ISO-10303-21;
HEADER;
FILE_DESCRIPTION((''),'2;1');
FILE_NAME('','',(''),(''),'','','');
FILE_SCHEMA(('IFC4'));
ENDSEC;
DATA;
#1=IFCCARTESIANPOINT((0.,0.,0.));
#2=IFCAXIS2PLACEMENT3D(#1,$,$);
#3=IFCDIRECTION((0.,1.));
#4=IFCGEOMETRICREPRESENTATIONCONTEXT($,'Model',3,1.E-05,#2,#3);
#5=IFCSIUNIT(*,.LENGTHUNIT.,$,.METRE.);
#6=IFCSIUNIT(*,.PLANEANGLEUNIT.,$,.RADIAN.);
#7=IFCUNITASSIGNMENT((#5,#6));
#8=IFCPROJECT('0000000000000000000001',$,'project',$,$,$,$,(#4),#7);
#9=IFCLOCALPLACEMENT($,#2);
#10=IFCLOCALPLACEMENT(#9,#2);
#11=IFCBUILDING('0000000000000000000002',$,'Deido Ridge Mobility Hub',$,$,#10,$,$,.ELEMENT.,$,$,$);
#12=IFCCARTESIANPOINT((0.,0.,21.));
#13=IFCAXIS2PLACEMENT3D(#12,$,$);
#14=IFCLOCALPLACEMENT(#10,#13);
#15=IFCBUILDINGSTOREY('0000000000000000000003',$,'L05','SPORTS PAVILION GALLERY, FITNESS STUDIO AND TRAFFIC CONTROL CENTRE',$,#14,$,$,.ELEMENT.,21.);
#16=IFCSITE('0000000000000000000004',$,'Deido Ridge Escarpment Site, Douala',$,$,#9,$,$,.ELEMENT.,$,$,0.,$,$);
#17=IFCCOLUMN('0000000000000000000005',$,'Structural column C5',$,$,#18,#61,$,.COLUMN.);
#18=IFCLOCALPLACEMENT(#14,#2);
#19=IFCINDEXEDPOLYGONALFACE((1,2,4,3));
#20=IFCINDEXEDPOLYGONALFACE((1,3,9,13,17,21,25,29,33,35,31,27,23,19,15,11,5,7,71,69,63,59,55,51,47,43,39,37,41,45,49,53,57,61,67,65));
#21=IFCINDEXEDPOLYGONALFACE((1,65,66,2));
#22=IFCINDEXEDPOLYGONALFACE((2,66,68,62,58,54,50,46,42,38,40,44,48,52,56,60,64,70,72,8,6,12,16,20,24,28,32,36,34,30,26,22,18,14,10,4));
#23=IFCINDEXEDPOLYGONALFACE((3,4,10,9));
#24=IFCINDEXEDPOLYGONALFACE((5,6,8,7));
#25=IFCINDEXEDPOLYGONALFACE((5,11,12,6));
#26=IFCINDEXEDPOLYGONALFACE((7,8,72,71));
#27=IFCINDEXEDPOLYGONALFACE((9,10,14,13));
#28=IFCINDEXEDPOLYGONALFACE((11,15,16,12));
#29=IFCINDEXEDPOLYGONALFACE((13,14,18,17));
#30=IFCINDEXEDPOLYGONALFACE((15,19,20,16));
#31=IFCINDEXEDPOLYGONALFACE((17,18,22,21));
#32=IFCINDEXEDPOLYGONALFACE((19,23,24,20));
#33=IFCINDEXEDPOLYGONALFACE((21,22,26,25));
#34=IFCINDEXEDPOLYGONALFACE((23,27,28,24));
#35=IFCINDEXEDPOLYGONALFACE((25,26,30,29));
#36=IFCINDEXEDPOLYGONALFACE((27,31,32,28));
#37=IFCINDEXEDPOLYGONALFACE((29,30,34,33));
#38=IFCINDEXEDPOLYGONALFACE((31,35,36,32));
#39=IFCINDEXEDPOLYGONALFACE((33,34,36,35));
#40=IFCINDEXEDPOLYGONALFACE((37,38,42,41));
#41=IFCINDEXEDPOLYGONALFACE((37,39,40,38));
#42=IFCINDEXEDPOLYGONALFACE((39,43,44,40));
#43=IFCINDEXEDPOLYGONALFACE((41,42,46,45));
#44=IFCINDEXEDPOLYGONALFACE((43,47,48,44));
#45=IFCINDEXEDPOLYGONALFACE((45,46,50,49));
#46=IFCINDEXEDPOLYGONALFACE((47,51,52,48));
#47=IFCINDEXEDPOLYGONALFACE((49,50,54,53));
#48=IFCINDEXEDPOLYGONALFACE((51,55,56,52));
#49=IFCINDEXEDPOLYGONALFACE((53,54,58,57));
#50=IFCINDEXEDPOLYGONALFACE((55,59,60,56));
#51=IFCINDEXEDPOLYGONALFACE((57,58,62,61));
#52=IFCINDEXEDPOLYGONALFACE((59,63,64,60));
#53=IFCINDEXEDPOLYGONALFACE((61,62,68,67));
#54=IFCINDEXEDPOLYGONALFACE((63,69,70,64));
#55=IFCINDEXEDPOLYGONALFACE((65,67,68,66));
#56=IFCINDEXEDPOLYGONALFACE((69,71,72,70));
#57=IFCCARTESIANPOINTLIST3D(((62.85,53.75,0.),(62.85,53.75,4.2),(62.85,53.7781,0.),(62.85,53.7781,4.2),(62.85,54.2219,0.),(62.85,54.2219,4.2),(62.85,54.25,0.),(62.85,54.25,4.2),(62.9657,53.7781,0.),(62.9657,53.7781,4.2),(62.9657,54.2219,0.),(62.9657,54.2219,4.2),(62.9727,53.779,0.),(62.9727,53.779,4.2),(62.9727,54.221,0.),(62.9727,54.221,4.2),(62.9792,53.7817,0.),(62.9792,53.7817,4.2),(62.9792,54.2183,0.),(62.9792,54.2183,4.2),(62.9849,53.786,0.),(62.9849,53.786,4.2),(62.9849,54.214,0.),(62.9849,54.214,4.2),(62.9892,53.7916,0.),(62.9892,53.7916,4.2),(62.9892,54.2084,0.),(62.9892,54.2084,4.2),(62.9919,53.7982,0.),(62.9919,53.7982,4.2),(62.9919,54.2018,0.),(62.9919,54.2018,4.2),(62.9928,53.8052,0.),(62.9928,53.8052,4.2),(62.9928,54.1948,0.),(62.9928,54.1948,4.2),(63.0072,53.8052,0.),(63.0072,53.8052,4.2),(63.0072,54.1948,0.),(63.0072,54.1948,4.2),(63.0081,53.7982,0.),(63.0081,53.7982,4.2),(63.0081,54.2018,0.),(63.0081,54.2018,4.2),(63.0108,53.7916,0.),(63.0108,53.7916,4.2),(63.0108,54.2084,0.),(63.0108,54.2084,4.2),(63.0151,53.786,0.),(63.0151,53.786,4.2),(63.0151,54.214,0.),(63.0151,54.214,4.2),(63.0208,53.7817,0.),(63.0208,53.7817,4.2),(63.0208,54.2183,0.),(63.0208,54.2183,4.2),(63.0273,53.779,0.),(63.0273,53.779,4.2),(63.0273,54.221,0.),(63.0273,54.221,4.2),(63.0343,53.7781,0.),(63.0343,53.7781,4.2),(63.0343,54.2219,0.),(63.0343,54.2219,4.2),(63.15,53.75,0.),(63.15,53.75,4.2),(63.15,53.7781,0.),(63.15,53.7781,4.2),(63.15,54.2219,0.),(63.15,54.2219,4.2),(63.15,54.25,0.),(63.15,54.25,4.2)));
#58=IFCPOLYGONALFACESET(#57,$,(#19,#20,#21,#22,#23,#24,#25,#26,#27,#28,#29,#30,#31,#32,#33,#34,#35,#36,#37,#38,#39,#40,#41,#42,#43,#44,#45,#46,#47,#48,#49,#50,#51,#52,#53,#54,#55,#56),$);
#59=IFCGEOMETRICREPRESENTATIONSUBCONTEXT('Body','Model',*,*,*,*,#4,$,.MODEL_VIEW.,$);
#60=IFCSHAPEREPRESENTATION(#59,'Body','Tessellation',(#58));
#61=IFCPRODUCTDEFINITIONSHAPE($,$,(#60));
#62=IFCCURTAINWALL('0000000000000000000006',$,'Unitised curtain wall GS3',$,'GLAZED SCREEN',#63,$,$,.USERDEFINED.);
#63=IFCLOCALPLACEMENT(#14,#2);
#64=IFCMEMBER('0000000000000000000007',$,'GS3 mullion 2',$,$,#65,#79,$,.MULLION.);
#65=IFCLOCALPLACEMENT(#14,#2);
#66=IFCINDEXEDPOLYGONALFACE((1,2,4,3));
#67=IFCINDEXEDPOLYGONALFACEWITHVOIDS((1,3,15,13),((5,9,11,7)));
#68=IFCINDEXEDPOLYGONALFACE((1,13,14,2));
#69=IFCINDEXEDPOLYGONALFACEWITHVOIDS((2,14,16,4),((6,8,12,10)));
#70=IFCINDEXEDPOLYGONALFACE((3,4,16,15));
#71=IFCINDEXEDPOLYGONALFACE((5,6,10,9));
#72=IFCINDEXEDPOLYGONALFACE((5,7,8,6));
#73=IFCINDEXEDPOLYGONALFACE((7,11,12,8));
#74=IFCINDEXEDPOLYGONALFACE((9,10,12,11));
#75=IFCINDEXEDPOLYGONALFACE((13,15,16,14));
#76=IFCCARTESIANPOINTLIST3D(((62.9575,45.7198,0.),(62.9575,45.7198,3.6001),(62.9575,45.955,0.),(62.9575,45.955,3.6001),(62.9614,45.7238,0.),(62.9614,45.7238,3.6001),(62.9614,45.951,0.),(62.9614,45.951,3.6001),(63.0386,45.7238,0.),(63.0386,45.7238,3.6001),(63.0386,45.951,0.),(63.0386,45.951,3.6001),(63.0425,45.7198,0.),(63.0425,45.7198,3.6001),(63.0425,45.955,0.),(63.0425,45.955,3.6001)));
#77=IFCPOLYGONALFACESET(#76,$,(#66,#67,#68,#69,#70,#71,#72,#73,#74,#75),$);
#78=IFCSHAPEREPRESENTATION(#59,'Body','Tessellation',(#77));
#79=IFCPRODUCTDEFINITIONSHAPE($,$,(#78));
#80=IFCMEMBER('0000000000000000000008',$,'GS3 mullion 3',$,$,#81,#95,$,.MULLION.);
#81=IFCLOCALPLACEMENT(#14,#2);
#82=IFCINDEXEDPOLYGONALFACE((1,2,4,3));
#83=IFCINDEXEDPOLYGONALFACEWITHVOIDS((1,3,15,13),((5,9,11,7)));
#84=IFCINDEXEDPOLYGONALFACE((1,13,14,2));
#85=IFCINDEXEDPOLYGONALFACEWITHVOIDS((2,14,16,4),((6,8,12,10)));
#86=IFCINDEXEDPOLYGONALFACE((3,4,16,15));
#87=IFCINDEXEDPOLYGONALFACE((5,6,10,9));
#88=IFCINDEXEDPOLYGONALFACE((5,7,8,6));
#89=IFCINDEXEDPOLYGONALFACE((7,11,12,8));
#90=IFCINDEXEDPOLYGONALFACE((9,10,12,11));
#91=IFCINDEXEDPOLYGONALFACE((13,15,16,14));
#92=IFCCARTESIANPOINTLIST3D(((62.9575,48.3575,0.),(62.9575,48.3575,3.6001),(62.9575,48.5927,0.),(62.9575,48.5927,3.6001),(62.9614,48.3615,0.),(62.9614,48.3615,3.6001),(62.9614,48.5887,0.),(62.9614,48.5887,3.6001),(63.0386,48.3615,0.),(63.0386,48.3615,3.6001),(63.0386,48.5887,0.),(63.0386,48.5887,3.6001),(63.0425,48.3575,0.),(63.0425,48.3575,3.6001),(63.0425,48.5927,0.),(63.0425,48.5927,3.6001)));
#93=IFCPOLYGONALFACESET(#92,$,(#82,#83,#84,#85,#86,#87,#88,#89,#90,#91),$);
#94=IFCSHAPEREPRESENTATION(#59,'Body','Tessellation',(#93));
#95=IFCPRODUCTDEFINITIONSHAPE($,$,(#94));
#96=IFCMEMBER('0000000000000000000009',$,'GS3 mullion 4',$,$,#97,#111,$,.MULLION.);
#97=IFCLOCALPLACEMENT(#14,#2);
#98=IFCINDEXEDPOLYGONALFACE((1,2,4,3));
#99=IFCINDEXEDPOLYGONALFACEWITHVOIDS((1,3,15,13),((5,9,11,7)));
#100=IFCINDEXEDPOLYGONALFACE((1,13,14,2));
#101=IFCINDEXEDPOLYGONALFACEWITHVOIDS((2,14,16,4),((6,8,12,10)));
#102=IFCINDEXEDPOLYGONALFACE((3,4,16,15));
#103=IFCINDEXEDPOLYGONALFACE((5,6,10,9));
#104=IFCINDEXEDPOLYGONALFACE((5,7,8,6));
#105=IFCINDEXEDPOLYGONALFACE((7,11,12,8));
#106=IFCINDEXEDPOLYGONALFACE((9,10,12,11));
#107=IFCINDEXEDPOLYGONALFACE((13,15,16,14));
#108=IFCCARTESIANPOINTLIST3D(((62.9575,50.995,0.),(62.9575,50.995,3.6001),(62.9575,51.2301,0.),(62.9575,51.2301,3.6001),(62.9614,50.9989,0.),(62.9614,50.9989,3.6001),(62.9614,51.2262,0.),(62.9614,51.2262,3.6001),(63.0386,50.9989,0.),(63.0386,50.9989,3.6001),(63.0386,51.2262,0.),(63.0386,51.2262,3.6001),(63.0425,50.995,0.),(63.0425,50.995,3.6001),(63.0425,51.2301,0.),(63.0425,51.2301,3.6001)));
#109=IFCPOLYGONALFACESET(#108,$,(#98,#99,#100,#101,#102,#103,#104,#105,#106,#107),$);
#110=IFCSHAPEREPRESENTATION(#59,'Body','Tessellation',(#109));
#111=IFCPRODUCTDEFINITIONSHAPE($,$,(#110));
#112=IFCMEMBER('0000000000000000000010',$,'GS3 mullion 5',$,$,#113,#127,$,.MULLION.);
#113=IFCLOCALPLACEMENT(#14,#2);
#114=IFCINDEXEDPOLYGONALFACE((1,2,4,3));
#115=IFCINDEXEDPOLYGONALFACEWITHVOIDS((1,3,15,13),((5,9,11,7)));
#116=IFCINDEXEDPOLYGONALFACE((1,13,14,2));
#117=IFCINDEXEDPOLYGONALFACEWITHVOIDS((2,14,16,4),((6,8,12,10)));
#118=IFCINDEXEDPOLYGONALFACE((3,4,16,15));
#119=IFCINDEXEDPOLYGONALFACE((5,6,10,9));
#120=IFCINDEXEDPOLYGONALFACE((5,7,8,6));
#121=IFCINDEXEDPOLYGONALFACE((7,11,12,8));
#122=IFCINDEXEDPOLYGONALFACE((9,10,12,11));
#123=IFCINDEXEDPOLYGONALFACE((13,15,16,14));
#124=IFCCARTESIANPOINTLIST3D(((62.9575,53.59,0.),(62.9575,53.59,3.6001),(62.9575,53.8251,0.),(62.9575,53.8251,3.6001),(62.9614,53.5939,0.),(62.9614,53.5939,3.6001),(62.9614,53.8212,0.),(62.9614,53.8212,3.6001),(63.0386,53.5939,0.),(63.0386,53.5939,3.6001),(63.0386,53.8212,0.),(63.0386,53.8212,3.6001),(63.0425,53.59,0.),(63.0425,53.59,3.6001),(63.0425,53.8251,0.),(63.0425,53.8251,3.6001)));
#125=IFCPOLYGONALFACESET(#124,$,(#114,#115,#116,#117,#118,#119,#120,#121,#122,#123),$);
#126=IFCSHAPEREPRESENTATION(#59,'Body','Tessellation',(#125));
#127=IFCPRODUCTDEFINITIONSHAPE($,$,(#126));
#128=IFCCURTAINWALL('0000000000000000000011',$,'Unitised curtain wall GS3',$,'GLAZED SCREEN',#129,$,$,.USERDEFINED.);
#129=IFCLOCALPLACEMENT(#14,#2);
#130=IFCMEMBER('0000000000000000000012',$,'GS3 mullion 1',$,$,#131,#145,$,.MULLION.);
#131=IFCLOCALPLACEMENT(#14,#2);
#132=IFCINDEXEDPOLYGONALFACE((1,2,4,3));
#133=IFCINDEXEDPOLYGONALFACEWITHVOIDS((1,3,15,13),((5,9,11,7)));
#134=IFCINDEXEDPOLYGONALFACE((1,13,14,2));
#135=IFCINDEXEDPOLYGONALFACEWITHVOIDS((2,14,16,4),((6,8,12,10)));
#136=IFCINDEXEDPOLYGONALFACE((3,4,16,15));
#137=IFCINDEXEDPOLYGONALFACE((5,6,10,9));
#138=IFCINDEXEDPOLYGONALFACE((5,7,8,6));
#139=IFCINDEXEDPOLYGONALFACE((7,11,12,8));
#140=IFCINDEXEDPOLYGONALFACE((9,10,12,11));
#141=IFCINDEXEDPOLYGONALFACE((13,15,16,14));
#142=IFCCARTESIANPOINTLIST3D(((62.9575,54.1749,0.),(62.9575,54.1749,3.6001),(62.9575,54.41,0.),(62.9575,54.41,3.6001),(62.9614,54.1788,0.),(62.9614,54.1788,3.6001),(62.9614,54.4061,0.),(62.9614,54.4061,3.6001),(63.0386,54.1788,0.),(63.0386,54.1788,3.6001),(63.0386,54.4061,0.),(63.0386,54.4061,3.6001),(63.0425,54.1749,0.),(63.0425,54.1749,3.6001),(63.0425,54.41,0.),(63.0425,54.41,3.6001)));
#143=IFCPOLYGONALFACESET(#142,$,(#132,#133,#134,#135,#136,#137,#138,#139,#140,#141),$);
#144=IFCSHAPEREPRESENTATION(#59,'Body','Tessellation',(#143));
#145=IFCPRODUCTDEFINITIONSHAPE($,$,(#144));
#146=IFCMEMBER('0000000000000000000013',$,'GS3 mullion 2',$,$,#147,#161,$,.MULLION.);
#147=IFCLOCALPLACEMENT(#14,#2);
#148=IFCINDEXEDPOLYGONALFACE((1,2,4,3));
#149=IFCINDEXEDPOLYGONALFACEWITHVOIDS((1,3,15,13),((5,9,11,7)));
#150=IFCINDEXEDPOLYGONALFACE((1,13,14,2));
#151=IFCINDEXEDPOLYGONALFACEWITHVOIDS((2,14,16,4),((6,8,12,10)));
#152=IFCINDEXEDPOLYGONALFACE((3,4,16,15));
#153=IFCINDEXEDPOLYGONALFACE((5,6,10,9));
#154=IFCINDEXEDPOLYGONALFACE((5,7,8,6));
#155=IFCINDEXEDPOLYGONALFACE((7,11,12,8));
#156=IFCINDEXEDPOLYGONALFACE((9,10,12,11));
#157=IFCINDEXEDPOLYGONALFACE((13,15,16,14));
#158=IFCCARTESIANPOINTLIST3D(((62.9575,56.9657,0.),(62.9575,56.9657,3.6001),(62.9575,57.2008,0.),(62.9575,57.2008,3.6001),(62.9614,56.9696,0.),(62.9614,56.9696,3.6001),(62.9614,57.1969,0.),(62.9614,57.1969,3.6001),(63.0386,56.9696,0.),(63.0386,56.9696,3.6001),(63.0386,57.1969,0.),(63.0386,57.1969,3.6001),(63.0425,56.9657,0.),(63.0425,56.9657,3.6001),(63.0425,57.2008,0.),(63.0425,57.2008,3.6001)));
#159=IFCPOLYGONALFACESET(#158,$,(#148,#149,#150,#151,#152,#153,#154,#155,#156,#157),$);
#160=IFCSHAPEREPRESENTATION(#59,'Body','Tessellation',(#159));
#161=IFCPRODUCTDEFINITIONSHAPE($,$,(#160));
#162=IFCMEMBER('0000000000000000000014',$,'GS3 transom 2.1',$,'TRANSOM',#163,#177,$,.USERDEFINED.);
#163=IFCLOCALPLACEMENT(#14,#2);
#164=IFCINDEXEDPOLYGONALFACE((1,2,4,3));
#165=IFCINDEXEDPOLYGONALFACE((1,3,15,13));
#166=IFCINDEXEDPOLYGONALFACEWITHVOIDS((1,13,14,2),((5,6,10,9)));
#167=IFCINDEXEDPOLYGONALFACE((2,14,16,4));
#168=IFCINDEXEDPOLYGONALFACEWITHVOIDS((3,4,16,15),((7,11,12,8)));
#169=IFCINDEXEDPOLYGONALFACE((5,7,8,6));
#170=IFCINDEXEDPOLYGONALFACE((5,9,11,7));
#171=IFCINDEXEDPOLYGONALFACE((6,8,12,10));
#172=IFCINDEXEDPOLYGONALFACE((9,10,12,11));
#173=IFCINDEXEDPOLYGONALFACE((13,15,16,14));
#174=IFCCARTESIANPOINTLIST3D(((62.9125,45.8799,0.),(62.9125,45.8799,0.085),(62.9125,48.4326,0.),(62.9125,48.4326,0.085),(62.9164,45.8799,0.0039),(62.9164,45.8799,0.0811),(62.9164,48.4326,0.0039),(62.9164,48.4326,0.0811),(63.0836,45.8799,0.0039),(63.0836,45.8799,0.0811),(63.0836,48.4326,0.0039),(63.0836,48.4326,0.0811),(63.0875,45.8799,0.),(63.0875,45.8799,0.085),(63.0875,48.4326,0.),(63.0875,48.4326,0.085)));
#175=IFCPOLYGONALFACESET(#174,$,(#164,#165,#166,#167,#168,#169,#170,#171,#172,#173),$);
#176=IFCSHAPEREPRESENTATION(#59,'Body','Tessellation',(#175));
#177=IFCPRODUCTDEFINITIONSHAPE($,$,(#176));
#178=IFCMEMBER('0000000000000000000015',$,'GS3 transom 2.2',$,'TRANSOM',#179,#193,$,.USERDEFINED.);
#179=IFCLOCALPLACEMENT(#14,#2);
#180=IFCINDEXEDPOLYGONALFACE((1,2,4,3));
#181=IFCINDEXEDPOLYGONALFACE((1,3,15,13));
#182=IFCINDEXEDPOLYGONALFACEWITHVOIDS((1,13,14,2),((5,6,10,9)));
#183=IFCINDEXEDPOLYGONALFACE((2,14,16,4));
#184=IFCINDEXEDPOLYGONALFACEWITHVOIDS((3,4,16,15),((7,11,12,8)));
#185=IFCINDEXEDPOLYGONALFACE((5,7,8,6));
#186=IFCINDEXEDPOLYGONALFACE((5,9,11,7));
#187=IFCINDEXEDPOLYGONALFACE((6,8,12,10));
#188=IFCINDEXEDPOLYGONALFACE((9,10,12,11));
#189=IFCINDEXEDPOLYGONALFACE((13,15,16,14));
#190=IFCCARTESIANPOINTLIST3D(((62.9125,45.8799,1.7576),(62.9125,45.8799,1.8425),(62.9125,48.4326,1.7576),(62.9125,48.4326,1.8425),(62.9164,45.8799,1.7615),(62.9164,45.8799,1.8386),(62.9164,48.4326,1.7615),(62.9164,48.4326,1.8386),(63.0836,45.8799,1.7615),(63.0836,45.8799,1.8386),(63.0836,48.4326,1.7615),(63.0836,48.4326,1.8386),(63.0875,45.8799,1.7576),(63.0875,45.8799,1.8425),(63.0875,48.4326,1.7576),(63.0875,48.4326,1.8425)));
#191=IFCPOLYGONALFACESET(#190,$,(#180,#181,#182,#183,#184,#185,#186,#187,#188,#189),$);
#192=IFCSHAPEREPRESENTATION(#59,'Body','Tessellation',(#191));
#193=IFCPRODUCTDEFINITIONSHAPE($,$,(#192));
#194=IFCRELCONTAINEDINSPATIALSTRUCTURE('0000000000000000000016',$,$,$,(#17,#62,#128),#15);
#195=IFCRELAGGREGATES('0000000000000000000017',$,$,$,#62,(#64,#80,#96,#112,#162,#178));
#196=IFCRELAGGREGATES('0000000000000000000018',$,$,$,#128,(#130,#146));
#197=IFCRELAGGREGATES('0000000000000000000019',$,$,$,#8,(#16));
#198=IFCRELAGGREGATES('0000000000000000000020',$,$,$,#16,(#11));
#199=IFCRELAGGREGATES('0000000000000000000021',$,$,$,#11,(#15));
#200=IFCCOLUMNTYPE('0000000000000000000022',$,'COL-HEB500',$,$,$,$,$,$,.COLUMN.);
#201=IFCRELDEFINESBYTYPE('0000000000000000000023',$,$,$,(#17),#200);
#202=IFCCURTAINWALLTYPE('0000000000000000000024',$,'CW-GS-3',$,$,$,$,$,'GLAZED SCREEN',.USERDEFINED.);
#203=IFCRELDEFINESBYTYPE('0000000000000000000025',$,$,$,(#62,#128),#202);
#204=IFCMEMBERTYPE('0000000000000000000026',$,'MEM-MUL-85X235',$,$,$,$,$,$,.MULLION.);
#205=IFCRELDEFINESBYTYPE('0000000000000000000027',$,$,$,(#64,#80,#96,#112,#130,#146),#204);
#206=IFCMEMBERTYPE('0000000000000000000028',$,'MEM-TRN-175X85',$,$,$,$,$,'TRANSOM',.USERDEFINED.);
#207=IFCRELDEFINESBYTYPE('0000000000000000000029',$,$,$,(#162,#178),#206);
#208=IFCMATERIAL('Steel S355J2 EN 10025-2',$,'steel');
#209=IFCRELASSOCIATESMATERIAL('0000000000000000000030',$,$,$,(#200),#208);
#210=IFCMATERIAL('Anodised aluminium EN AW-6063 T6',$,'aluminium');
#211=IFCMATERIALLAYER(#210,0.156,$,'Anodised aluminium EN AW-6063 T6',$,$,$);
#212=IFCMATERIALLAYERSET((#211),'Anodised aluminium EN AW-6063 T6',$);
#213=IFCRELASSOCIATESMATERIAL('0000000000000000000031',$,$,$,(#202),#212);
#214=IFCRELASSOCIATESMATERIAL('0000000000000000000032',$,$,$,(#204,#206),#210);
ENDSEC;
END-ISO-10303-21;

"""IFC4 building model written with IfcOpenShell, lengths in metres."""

from ifc_helpers import new_model, si_unit, direction, frame, origin, origin_2d, place, context, subcontext, project, spatial, hollow_rectangle, i_section, extrude, material, layer, layer_set, material_profile, profile_set, type_object, element, aggregate, save


model = new_model("IFC4")

# Units and contexts
model_context = context("Model", 3, precision=1e-05, world=origin(), true_north=direction((0.0, 1.0)))
body_context = subcontext(model_context, "Body", "Model", "MODEL_VIEW")
ifc_project = project(units=[si_unit("LENGTHUNIT", "METRE"), si_unit("PLANEANGLEUNIT", "RADIAN")], contexts=[model_context])

# Site, building, storey
site_placement = place(None, origin())
site = spatial("IfcSite", under=ifc_project, at=site_placement, Name="Deido Ridge Escarpment Site, Douala", CompositionType="ELEMENT", RefElevation=0.0)
building_placement = place(site_placement, origin())
building = spatial("IfcBuilding", under=site, at=building_placement, Name="Deido Ridge Mobility Hub", CompositionType="ELEMENT")
storey_placement = place(building_placement, frame((0.0, 0.0, 21.0)))
storey = spatial("IfcBuildingStorey", under=building, at=storey_placement, Name="L05", Description="SPORTS PAVILION GALLERY, FITNESS STUDIO AND TRAFFIC CONTROL CENTRE", CompositionType="ELEMENT", Elevation=21.0)

# Column
ifc_material_1 = material(Name="Steel S355J2 EN 10025-2", Category="steel")
ifc_material_profile_1 = material_profile(ifc_material_1, i_section(OverallWidth=0.3, OverallDepth=0.5, WebThickness=0.0144, FlangeThickness=0.0281, FilletRadius=0.0271, at=origin_2d()), Name="HEB 500")
ifc_profile_set_1 = profile_set([ifc_material_profile_1], Name="Steel S355J2 EN 10025-2")
column_type = type_object("IfcColumnType", Name="COL-HEB500", PredefinedType="COLUMN", material=ifc_profile_set_1)
column_placement = place(storey_placement, frame((63.0, 54.0, 0.0), z_axis=(0.0, 0.0, 1.0), x_axis=(1.0, 0.0, 0.0)))
element("IfcColumn", 1, at=column_placement, inside=storey, type_object=column_type, Name="Structural column C5", PredefinedType="COLUMN", context=body_context, shape_type="SweptSolid", body=[
    extrude(i_section(OverallWidth=0.3, OverallDepth=0.5, WebThickness=0.0144, FlangeThickness=0.0281, FilletRadius=0.0271, at=origin_2d()), origin(), (0.0, 0.0, 1.0), 4.2),
])

# Curtain walls, members
ifc_material_2 = material(Name="Anodised aluminium EN AW-6063 T6", Category="aluminium")
ifc_layer_1 = layer(ifc_material_2, 0.156, Name="Anodised aluminium EN AW-6063 T6")
ifc_layer_set_1 = layer_set([ifc_layer_1], Name="Anodised aluminium EN AW-6063 T6")
curtain_wall_type = type_object("IfcCurtainWallType", Name="CW-GS-3", ElementType="GLAZED SCREEN", PredefinedType="USERDEFINED", material=ifc_layer_set_1)
curtain_wall_1_placement = place(storey_placement, origin())
curtain_wall_1 = element("IfcCurtainWall", 2, at=curtain_wall_1_placement, inside=storey, type_object=curtain_wall_type, Name="Unitised curtain wall GS3", ObjectType="GLAZED SCREEN", PredefinedType="USERDEFINED")
ifc_material_profile_2 = material_profile(ifc_material_2, hollow_rectangle(XDim=0.085, YDim=0.2351, WallThickness=0.0039, at=origin_2d()), Name="RHS 85x235x4")
ifc_profile_set_2 = profile_set([ifc_material_profile_2], Name="Anodised aluminium EN AW-6063 T6")
member_type_1 = type_object("IfcMemberType", Name="MEM-MUL-85X235", PredefinedType="MULLION", material=ifc_profile_set_2)
member_1_placement = place(storey_placement, frame((63.0, 45.8374, 0.0), z_axis=(0.0, 0.0, 1.0), x_axis=(-1.0, 0.0, 0.0)))
member_1 = element("IfcMember", 3, at=member_1_placement, type_object=member_type_1, Name="GS3 mullion 2", PredefinedType="MULLION", context=body_context, shape_type="SweptSolid", body=[
    extrude(hollow_rectangle(XDim=0.085, YDim=0.2351, WallThickness=0.0039, at=origin_2d()), origin(), (0.0, 0.0, 1.0), 3.6001),
])
member_2_placement = place(storey_placement, frame((63.0, 48.4751, 0.0), z_axis=(0.0, 0.0, 1.0), x_axis=(-1.0, 0.0, 0.0)))
member_2 = element("IfcMember", 4, at=member_2_placement, type_object=member_type_1, Name="GS3 mullion 3", PredefinedType="MULLION", context=body_context, shape_type="SweptSolid", body=[
    extrude(hollow_rectangle(XDim=0.085, YDim=0.2351, WallThickness=0.0039, at=origin_2d()), origin(), (0.0, 0.0, 1.0), 3.6001),
])
member_3_placement = place(storey_placement, frame((63.0, 51.1125, 0.0), z_axis=(0.0, 0.0, 1.0), x_axis=(-1.0, 0.0, 0.0)))
member_3 = element("IfcMember", 5, at=member_3_placement, type_object=member_type_1, Name="GS3 mullion 4", PredefinedType="MULLION", context=body_context, shape_type="SweptSolid", body=[
    extrude(hollow_rectangle(XDim=0.085, YDim=0.2351, WallThickness=0.0039, at=origin_2d()), origin(), (0.0, 0.0, 1.0), 3.6001),
])
member_4_placement = place(storey_placement, frame((63.0, 53.7075, 0.0), z_axis=(0.0, 0.0, 1.0), x_axis=(-1.0, 0.0, 0.0)))
member_4 = element("IfcMember", 6, at=member_4_placement, type_object=member_type_1, Name="GS3 mullion 5", PredefinedType="MULLION", context=body_context, shape_type="SweptSolid", body=[
    extrude(hollow_rectangle(XDim=0.085, YDim=0.2351, WallThickness=0.0039, at=origin_2d()), origin(), (0.0, 0.0, 1.0), 3.6001),
])
curtain_wall_2_placement = place(storey_placement, origin())
curtain_wall_2 = element("IfcCurtainWall", 7, at=curtain_wall_2_placement, inside=storey, type_object=curtain_wall_type, Name="Unitised curtain wall GS3", ObjectType="GLAZED SCREEN", PredefinedType="USERDEFINED")
member_5_placement = place(storey_placement, frame((63.0, 54.2925, 0.0), z_axis=(0.0, 0.0, 1.0), x_axis=(-1.0, 0.0, 0.0)))
member_5 = element("IfcMember", 8, at=member_5_placement, type_object=member_type_1, Name="GS3 mullion 1", PredefinedType="MULLION", context=body_context, shape_type="SweptSolid", body=[
    extrude(hollow_rectangle(XDim=0.085, YDim=0.2351, WallThickness=0.0039, at=origin_2d()), origin(), (0.0, 0.0, 1.0), 3.6001),
])
member_6_placement = place(storey_placement, frame((63.0, 57.0833, 0.0), z_axis=(0.0, 0.0, 1.0), x_axis=(-1.0, 0.0, 0.0)))
member_6 = element("IfcMember", 9, at=member_6_placement, type_object=member_type_1, Name="GS3 mullion 2", PredefinedType="MULLION", context=body_context, shape_type="SweptSolid", body=[
    extrude(hollow_rectangle(XDim=0.085, YDim=0.2351, WallThickness=0.0039, at=origin_2d()), origin(), (0.0, 0.0, 1.0), 3.6001),
])

# Members
ifc_material_profile_3 = material_profile(ifc_material_2, hollow_rectangle(XDim=0.175, YDim=0.085, WallThickness=0.0039, at=origin_2d()), Name="RHS 175x85x4")
ifc_profile_set_3 = profile_set([ifc_material_profile_3], Name="Anodised aluminium EN AW-6063 T6")
member_type_2 = type_object("IfcMemberType", Name="MEM-TRN-175X85", ElementType="TRANSOM", PredefinedType="USERDEFINED", material=ifc_profile_set_3)
member_7_placement = place(storey_placement, frame((63.0, 45.8799, 0.0425), z_axis=(0.0, 1.0, 0.0), x_axis=(-1.0, 0.0, 0.0)))
member_7 = element("IfcMember", 10, at=member_7_placement, type_object=member_type_2, Name="GS3 transom 2.1", ObjectType="TRANSOM", PredefinedType="USERDEFINED", context=body_context, shape_type="SweptSolid", body=[
    extrude(hollow_rectangle(XDim=0.175, YDim=0.085, WallThickness=0.0039, at=origin_2d()), origin(), (0.0, 0.0, 1.0), 2.5527),
])
member_8_placement = place(storey_placement, frame((63.0, 45.8799, 1.8), z_axis=(0.0, 1.0, 0.0), x_axis=(-1.0, 0.0, 0.0)))
member_8 = element("IfcMember", 11, at=member_8_placement, type_object=member_type_2, Name="GS3 transom 2.2", ObjectType="TRANSOM", PredefinedType="USERDEFINED", context=body_context, shape_type="SweptSolid", body=[
    extrude(hollow_rectangle(XDim=0.175, YDim=0.085, WallThickness=0.0039, at=origin_2d()), origin(), (0.0, 0.0, 1.0), 2.5527),
])

aggregate(curtain_wall_1, [member_1, member_2, member_3, member_4, member_7, member_8])
aggregate(curtain_wall_2, [member_5, member_6])

save(model, "model.ifc")
